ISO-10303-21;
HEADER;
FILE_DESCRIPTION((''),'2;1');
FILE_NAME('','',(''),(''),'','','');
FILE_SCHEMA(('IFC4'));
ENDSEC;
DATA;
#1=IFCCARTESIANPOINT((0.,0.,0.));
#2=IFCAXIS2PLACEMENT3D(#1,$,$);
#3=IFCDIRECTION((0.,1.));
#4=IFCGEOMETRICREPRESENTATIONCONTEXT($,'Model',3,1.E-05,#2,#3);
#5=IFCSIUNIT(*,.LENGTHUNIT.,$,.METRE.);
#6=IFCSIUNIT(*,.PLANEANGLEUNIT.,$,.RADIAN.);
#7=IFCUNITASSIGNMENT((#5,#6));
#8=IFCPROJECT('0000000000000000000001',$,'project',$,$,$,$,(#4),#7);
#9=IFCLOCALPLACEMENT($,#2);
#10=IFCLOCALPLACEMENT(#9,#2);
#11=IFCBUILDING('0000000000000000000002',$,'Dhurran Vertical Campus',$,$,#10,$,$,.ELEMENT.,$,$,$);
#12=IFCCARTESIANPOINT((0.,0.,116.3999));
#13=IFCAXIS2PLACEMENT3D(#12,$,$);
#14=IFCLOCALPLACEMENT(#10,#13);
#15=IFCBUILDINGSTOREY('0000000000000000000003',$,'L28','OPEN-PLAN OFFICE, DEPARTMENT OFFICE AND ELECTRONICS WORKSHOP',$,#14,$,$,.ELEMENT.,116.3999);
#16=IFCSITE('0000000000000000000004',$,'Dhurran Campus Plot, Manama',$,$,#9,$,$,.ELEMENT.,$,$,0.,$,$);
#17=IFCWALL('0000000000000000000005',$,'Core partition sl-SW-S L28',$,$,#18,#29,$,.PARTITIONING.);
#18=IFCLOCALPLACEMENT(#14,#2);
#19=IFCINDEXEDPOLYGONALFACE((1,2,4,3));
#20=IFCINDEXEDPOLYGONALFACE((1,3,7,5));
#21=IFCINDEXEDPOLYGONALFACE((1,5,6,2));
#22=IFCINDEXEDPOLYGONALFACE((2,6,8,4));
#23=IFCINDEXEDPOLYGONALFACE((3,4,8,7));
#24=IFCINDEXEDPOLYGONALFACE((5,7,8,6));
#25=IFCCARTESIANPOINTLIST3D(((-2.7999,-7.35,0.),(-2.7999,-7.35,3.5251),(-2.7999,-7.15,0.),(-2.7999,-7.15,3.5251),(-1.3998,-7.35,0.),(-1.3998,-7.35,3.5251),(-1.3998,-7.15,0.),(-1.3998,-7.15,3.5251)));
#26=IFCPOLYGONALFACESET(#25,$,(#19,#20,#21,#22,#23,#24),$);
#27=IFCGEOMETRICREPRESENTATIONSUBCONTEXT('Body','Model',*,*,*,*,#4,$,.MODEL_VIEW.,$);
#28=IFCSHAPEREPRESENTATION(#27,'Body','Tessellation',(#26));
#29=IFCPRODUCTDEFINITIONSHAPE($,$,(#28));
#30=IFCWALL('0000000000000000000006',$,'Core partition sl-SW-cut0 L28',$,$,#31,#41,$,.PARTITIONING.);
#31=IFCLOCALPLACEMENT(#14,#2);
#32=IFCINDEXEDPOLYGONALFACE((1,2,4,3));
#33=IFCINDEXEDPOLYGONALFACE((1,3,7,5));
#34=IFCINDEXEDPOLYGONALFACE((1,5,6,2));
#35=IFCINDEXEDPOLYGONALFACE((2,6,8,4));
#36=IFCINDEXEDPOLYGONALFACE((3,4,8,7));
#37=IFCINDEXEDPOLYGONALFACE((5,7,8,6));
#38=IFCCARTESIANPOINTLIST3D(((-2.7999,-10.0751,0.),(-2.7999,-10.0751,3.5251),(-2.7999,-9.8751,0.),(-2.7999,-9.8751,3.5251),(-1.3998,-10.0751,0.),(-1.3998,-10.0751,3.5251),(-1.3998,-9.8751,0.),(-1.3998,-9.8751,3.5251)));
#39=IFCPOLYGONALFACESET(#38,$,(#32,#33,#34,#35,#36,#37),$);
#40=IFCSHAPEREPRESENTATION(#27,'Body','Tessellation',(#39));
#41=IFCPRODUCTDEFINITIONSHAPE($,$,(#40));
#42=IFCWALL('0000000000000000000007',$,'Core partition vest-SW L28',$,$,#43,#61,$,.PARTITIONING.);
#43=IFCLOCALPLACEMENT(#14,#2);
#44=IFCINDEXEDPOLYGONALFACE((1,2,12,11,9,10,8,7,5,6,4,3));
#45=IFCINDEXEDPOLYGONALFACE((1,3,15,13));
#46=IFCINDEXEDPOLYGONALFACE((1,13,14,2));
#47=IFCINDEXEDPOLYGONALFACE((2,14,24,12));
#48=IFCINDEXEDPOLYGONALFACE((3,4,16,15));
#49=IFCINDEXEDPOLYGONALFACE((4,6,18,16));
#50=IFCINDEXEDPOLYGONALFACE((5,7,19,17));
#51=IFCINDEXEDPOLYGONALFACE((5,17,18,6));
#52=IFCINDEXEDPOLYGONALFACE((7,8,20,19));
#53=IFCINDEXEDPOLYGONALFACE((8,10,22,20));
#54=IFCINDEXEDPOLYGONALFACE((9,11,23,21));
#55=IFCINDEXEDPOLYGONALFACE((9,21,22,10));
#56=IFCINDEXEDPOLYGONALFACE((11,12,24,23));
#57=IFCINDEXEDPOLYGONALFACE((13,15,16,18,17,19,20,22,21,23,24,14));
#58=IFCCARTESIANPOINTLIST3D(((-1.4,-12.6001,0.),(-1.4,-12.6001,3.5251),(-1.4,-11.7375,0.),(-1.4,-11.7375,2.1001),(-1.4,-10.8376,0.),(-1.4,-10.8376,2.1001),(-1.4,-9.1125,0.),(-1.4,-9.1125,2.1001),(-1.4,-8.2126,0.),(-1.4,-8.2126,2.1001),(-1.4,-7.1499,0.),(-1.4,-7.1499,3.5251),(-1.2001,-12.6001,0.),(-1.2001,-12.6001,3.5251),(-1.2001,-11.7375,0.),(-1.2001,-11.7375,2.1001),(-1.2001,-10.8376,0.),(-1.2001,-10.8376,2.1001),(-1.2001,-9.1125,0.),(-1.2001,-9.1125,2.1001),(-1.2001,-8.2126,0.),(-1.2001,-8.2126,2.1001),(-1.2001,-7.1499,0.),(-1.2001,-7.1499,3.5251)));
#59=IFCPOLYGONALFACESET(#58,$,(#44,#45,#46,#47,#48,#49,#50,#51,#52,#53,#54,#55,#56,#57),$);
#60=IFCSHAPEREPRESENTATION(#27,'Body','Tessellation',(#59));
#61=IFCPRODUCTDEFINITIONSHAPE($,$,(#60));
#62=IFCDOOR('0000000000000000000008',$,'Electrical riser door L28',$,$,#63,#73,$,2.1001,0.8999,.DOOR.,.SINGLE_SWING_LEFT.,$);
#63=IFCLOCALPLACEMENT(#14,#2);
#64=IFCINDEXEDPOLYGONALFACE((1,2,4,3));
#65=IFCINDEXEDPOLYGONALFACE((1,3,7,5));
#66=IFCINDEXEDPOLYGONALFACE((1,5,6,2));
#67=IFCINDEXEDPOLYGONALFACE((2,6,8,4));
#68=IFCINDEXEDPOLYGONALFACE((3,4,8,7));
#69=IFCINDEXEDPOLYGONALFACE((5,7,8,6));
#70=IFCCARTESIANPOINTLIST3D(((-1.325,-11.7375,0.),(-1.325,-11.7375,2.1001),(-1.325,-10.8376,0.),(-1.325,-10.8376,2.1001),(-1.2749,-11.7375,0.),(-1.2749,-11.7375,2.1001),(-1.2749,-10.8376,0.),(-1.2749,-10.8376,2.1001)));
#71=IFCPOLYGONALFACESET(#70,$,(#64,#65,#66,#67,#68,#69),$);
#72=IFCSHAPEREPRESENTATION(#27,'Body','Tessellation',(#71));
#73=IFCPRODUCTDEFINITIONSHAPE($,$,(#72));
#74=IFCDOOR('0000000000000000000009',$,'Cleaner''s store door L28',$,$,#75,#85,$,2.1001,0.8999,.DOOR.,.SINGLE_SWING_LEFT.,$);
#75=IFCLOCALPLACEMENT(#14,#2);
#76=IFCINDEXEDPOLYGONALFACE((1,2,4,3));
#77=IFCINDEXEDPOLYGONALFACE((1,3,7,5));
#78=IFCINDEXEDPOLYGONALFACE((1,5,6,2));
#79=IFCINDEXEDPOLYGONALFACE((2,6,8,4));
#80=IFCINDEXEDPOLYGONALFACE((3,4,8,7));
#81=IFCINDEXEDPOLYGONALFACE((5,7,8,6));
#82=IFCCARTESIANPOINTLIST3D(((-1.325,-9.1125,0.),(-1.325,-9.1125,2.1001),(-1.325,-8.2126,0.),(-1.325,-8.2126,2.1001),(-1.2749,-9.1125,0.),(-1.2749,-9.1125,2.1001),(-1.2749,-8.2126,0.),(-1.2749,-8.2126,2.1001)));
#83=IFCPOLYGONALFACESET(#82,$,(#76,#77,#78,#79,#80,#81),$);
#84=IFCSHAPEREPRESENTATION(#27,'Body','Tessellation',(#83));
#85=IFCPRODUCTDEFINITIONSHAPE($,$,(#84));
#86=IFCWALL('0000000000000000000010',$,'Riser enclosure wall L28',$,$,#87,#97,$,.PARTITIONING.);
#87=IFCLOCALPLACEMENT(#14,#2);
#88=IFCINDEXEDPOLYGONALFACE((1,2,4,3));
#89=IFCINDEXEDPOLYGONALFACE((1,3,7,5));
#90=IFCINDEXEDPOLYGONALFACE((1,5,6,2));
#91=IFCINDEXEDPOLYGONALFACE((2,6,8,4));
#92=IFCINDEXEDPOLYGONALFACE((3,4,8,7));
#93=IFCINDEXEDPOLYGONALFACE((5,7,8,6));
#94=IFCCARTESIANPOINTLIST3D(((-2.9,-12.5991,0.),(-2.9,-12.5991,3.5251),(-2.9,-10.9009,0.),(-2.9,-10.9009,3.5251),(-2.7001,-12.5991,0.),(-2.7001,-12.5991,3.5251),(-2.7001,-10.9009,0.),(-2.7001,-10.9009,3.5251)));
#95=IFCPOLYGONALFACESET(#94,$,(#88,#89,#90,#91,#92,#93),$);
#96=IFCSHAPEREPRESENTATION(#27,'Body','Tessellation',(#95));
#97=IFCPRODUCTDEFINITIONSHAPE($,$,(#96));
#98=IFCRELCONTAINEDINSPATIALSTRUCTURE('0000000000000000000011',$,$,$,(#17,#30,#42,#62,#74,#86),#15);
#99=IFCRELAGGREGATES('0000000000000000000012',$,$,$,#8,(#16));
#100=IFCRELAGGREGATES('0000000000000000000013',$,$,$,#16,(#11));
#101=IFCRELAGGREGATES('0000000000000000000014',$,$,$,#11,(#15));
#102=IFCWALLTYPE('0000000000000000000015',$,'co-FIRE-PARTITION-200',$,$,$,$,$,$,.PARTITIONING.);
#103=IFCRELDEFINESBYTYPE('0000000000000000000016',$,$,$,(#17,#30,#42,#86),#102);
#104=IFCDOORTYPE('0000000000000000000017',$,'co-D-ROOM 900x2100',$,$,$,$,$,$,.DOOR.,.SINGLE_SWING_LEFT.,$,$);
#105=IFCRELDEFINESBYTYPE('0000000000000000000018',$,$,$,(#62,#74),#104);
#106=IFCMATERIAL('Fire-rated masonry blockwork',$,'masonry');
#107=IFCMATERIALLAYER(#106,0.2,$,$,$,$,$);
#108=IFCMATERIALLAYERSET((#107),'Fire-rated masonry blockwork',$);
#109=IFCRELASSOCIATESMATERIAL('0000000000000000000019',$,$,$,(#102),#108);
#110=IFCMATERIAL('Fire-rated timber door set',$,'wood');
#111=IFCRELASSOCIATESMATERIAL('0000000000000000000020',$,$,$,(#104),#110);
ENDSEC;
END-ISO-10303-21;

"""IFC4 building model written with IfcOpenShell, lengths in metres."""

from ifc_helpers import new_model, si_unit, direction, frame, frame_2d, origin, place, context, subcontext, project, spatial, rectangle, extrude, material, layer, layer_set, type_object, element, fill, save


model = new_model("IFC4")

# Units and contexts
model_context = context("Model", 3, precision=1e-05, world=origin(), true_north=direction((0.0, 1.0)))
body_context = subcontext(model_context, "Body", "Model", "MODEL_VIEW")
ifc_project = project(units=[si_unit("LENGTHUNIT", "METRE"), si_unit("PLANEANGLEUNIT", "RADIAN")], contexts=[model_context])

# Site, building, storey
site_placement = place(None, origin())
site = spatial("IfcSite", under=ifc_project, at=site_placement, Name="Dhurran Campus Plot, Manama", CompositionType="ELEMENT", RefElevation=0.0)
building_placement = place(site_placement, origin())
building = spatial("IfcBuilding", under=site, at=building_placement, Name="Dhurran Vertical Campus", CompositionType="ELEMENT")
storey_placement = place(building_placement, frame((0.0, 0.0, 116.3999)))
storey = spatial("IfcBuildingStorey", under=building, at=storey_placement, Name="L28", Description="OPEN-PLAN OFFICE, DEPARTMENT OFFICE AND ELECTRONICS WORKSHOP", CompositionType="ELEMENT", Elevation=116.3999)

# Shared definitions
ifc_material_1 = material(Name="Fire-rated masonry blockwork", Category="masonry")
ifc_layer_1 = layer(ifc_material_1, 0.2)
ifc_layer_set_1 = layer_set([ifc_layer_1], Name="Fire-rated masonry blockwork")
wall_type_1 = type_object("IfcWallType", Name="co-FIRE-PARTITION-200", PredefinedType="PARTITIONING", material=ifc_layer_set_1)

# Walls
for number, where, z_axis, x_axis, name in (
    (1, (-2.8, -7.25, 0.0), (0.0, 0.0, 1.0), (1.0, 0.0, 0.0), "Core partition sl-SW-S L28"),
    (2, (-2.8, -9.9751, 0.0), (0.0, 0.0, 1.0), (1.0, 0.0, 0.0), "Core partition sl-SW-cut0 L28"),
):
    element("IfcWall", number, at=place(storey_placement, frame(where, z_axis=z_axis, x_axis=x_axis)), inside=storey, type_object=wall_type_1, Name=name, PredefinedType="PARTITIONING", context=body_context, shape_type="SweptSolid", body=[
        extrude(rectangle(XDim=1.4001, YDim=0.2, at=frame_2d((0.7002, 0.0))), origin(), (0.0, 0.0, 1.0), 3.5251),
    ])

# Wall, openings, doors
wall_1_placement = place(storey_placement, frame((-1.3, -12.6001, 0.0), z_axis=(0.0, 0.0, 1.0), x_axis=(0.0, 1.0, 0.0)))
wall_1 = element("IfcWall", 3, at=wall_1_placement, inside=storey, type_object=wall_type_1, Name="Core partition vest-SW L28", PredefinedType="PARTITIONING", context=body_context, shape_type="SweptSolid", body=[
    extrude(rectangle(XDim=5.4502, YDim=0.2, at=frame_2d((2.7251, 0.0))), origin(), (0.0, 0.0, 1.0), 3.5251),
])
opening_1_placement = place(wall_1_placement, frame((0.8625, 0.0, 0.0)))
opening_1 = element("IfcOpeningElement", 4, at=opening_1_placement, cuts=wall_1, PredefinedType="OPENING", context=body_context, shape_type="SweptSolid", body=[
    extrude(rectangle(XDim=0.8999, YDim=2.1001, at=frame_2d((0.45, 1.05))), frame((0.0, 0.1099, 0.0), z_axis=(0.0, -1.0, 0.0), x_axis=(1.0, 0.0, 0.0)), (0.0, 0.0, 1.0), 0.22),
])
opening_2_placement = place(wall_1_placement, frame((3.4875, 0.0, 0.0)))
opening_2 = element("IfcOpeningElement", 5, at=opening_2_placement, cuts=wall_1, PredefinedType="OPENING", context=body_context, shape_type="SweptSolid", body=[
    extrude(rectangle(XDim=0.8999, YDim=2.1001, at=frame_2d((0.45, 1.05))), frame((0.0, 0.1099, 0.0), z_axis=(0.0, -1.0, 0.0), x_axis=(1.0, 0.0, 0.0)), (0.0, 0.0, 1.0), 0.22),
])
ifc_material_2 = material(Name="Fire-rated timber door set", Category="wood")
door_type_1 = type_object("IfcDoorType", Name="co-D-ROOM 900x2100", OperationType="SINGLE_SWING_LEFT", PredefinedType="DOOR", material=ifc_material_2)
door_1_placement = place(opening_1_placement, origin())
door_1 = element("IfcDoor", 6, at=door_1_placement, inside=storey, type_object=door_type_1, Name="Electrical riser door L28", OperationType="SINGLE_SWING_LEFT", OverallHeight=2.1001, OverallWidth=0.8999, PredefinedType="DOOR", context=body_context, shape_type="SweptSolid", body=[
    extrude(rectangle(XDim=0.8999, YDim=2.1001, at=frame_2d((0.45, 1.05))), frame((0.0, 0.0249, 0.0), z_axis=(0.0, -1.0, 0.0), x_axis=(1.0, 0.0, 0.0)), (0.0, 0.0, 1.0), 0.05),
])
fill(opening_1, door_1)
door_2_placement = place(opening_2_placement, origin())
door_2 = element("IfcDoor", 7, at=door_2_placement, inside=storey, type_object=door_type_1, Name="Cleaner's store door L28", OperationType="SINGLE_SWING_LEFT", OverallHeight=2.1001, OverallWidth=0.8999, PredefinedType="DOOR", context=body_context, shape_type="SweptSolid", body=[
    extrude(rectangle(XDim=0.8999, YDim=2.1001, at=frame_2d((0.45, 1.05))), frame((0.0, 0.0249, 0.0), z_axis=(0.0, -1.0, 0.0), x_axis=(1.0, 0.0, 0.0)), (0.0, 0.0, 1.0), 0.05),
])
fill(opening_2, door_2)

# Wall
wall_2_placement = place(storey_placement, frame((-2.8, -12.5991, 0.0), z_axis=(0.0, 0.0, 1.0), x_axis=(0.0, 1.0, 0.0)))
element("IfcWall", 8, at=wall_2_placement, inside=storey, type_object=wall_type_1, Name="Riser enclosure wall L28", PredefinedType="PARTITIONING", context=body_context, shape_type="SweptSolid", body=[
    extrude(rectangle(XDim=1.6982, YDim=0.2, at=frame_2d((0.8491, 0.0))), origin(), (0.0, 0.0, 1.0), 3.5251),
])

save(model, "model.ifc")
